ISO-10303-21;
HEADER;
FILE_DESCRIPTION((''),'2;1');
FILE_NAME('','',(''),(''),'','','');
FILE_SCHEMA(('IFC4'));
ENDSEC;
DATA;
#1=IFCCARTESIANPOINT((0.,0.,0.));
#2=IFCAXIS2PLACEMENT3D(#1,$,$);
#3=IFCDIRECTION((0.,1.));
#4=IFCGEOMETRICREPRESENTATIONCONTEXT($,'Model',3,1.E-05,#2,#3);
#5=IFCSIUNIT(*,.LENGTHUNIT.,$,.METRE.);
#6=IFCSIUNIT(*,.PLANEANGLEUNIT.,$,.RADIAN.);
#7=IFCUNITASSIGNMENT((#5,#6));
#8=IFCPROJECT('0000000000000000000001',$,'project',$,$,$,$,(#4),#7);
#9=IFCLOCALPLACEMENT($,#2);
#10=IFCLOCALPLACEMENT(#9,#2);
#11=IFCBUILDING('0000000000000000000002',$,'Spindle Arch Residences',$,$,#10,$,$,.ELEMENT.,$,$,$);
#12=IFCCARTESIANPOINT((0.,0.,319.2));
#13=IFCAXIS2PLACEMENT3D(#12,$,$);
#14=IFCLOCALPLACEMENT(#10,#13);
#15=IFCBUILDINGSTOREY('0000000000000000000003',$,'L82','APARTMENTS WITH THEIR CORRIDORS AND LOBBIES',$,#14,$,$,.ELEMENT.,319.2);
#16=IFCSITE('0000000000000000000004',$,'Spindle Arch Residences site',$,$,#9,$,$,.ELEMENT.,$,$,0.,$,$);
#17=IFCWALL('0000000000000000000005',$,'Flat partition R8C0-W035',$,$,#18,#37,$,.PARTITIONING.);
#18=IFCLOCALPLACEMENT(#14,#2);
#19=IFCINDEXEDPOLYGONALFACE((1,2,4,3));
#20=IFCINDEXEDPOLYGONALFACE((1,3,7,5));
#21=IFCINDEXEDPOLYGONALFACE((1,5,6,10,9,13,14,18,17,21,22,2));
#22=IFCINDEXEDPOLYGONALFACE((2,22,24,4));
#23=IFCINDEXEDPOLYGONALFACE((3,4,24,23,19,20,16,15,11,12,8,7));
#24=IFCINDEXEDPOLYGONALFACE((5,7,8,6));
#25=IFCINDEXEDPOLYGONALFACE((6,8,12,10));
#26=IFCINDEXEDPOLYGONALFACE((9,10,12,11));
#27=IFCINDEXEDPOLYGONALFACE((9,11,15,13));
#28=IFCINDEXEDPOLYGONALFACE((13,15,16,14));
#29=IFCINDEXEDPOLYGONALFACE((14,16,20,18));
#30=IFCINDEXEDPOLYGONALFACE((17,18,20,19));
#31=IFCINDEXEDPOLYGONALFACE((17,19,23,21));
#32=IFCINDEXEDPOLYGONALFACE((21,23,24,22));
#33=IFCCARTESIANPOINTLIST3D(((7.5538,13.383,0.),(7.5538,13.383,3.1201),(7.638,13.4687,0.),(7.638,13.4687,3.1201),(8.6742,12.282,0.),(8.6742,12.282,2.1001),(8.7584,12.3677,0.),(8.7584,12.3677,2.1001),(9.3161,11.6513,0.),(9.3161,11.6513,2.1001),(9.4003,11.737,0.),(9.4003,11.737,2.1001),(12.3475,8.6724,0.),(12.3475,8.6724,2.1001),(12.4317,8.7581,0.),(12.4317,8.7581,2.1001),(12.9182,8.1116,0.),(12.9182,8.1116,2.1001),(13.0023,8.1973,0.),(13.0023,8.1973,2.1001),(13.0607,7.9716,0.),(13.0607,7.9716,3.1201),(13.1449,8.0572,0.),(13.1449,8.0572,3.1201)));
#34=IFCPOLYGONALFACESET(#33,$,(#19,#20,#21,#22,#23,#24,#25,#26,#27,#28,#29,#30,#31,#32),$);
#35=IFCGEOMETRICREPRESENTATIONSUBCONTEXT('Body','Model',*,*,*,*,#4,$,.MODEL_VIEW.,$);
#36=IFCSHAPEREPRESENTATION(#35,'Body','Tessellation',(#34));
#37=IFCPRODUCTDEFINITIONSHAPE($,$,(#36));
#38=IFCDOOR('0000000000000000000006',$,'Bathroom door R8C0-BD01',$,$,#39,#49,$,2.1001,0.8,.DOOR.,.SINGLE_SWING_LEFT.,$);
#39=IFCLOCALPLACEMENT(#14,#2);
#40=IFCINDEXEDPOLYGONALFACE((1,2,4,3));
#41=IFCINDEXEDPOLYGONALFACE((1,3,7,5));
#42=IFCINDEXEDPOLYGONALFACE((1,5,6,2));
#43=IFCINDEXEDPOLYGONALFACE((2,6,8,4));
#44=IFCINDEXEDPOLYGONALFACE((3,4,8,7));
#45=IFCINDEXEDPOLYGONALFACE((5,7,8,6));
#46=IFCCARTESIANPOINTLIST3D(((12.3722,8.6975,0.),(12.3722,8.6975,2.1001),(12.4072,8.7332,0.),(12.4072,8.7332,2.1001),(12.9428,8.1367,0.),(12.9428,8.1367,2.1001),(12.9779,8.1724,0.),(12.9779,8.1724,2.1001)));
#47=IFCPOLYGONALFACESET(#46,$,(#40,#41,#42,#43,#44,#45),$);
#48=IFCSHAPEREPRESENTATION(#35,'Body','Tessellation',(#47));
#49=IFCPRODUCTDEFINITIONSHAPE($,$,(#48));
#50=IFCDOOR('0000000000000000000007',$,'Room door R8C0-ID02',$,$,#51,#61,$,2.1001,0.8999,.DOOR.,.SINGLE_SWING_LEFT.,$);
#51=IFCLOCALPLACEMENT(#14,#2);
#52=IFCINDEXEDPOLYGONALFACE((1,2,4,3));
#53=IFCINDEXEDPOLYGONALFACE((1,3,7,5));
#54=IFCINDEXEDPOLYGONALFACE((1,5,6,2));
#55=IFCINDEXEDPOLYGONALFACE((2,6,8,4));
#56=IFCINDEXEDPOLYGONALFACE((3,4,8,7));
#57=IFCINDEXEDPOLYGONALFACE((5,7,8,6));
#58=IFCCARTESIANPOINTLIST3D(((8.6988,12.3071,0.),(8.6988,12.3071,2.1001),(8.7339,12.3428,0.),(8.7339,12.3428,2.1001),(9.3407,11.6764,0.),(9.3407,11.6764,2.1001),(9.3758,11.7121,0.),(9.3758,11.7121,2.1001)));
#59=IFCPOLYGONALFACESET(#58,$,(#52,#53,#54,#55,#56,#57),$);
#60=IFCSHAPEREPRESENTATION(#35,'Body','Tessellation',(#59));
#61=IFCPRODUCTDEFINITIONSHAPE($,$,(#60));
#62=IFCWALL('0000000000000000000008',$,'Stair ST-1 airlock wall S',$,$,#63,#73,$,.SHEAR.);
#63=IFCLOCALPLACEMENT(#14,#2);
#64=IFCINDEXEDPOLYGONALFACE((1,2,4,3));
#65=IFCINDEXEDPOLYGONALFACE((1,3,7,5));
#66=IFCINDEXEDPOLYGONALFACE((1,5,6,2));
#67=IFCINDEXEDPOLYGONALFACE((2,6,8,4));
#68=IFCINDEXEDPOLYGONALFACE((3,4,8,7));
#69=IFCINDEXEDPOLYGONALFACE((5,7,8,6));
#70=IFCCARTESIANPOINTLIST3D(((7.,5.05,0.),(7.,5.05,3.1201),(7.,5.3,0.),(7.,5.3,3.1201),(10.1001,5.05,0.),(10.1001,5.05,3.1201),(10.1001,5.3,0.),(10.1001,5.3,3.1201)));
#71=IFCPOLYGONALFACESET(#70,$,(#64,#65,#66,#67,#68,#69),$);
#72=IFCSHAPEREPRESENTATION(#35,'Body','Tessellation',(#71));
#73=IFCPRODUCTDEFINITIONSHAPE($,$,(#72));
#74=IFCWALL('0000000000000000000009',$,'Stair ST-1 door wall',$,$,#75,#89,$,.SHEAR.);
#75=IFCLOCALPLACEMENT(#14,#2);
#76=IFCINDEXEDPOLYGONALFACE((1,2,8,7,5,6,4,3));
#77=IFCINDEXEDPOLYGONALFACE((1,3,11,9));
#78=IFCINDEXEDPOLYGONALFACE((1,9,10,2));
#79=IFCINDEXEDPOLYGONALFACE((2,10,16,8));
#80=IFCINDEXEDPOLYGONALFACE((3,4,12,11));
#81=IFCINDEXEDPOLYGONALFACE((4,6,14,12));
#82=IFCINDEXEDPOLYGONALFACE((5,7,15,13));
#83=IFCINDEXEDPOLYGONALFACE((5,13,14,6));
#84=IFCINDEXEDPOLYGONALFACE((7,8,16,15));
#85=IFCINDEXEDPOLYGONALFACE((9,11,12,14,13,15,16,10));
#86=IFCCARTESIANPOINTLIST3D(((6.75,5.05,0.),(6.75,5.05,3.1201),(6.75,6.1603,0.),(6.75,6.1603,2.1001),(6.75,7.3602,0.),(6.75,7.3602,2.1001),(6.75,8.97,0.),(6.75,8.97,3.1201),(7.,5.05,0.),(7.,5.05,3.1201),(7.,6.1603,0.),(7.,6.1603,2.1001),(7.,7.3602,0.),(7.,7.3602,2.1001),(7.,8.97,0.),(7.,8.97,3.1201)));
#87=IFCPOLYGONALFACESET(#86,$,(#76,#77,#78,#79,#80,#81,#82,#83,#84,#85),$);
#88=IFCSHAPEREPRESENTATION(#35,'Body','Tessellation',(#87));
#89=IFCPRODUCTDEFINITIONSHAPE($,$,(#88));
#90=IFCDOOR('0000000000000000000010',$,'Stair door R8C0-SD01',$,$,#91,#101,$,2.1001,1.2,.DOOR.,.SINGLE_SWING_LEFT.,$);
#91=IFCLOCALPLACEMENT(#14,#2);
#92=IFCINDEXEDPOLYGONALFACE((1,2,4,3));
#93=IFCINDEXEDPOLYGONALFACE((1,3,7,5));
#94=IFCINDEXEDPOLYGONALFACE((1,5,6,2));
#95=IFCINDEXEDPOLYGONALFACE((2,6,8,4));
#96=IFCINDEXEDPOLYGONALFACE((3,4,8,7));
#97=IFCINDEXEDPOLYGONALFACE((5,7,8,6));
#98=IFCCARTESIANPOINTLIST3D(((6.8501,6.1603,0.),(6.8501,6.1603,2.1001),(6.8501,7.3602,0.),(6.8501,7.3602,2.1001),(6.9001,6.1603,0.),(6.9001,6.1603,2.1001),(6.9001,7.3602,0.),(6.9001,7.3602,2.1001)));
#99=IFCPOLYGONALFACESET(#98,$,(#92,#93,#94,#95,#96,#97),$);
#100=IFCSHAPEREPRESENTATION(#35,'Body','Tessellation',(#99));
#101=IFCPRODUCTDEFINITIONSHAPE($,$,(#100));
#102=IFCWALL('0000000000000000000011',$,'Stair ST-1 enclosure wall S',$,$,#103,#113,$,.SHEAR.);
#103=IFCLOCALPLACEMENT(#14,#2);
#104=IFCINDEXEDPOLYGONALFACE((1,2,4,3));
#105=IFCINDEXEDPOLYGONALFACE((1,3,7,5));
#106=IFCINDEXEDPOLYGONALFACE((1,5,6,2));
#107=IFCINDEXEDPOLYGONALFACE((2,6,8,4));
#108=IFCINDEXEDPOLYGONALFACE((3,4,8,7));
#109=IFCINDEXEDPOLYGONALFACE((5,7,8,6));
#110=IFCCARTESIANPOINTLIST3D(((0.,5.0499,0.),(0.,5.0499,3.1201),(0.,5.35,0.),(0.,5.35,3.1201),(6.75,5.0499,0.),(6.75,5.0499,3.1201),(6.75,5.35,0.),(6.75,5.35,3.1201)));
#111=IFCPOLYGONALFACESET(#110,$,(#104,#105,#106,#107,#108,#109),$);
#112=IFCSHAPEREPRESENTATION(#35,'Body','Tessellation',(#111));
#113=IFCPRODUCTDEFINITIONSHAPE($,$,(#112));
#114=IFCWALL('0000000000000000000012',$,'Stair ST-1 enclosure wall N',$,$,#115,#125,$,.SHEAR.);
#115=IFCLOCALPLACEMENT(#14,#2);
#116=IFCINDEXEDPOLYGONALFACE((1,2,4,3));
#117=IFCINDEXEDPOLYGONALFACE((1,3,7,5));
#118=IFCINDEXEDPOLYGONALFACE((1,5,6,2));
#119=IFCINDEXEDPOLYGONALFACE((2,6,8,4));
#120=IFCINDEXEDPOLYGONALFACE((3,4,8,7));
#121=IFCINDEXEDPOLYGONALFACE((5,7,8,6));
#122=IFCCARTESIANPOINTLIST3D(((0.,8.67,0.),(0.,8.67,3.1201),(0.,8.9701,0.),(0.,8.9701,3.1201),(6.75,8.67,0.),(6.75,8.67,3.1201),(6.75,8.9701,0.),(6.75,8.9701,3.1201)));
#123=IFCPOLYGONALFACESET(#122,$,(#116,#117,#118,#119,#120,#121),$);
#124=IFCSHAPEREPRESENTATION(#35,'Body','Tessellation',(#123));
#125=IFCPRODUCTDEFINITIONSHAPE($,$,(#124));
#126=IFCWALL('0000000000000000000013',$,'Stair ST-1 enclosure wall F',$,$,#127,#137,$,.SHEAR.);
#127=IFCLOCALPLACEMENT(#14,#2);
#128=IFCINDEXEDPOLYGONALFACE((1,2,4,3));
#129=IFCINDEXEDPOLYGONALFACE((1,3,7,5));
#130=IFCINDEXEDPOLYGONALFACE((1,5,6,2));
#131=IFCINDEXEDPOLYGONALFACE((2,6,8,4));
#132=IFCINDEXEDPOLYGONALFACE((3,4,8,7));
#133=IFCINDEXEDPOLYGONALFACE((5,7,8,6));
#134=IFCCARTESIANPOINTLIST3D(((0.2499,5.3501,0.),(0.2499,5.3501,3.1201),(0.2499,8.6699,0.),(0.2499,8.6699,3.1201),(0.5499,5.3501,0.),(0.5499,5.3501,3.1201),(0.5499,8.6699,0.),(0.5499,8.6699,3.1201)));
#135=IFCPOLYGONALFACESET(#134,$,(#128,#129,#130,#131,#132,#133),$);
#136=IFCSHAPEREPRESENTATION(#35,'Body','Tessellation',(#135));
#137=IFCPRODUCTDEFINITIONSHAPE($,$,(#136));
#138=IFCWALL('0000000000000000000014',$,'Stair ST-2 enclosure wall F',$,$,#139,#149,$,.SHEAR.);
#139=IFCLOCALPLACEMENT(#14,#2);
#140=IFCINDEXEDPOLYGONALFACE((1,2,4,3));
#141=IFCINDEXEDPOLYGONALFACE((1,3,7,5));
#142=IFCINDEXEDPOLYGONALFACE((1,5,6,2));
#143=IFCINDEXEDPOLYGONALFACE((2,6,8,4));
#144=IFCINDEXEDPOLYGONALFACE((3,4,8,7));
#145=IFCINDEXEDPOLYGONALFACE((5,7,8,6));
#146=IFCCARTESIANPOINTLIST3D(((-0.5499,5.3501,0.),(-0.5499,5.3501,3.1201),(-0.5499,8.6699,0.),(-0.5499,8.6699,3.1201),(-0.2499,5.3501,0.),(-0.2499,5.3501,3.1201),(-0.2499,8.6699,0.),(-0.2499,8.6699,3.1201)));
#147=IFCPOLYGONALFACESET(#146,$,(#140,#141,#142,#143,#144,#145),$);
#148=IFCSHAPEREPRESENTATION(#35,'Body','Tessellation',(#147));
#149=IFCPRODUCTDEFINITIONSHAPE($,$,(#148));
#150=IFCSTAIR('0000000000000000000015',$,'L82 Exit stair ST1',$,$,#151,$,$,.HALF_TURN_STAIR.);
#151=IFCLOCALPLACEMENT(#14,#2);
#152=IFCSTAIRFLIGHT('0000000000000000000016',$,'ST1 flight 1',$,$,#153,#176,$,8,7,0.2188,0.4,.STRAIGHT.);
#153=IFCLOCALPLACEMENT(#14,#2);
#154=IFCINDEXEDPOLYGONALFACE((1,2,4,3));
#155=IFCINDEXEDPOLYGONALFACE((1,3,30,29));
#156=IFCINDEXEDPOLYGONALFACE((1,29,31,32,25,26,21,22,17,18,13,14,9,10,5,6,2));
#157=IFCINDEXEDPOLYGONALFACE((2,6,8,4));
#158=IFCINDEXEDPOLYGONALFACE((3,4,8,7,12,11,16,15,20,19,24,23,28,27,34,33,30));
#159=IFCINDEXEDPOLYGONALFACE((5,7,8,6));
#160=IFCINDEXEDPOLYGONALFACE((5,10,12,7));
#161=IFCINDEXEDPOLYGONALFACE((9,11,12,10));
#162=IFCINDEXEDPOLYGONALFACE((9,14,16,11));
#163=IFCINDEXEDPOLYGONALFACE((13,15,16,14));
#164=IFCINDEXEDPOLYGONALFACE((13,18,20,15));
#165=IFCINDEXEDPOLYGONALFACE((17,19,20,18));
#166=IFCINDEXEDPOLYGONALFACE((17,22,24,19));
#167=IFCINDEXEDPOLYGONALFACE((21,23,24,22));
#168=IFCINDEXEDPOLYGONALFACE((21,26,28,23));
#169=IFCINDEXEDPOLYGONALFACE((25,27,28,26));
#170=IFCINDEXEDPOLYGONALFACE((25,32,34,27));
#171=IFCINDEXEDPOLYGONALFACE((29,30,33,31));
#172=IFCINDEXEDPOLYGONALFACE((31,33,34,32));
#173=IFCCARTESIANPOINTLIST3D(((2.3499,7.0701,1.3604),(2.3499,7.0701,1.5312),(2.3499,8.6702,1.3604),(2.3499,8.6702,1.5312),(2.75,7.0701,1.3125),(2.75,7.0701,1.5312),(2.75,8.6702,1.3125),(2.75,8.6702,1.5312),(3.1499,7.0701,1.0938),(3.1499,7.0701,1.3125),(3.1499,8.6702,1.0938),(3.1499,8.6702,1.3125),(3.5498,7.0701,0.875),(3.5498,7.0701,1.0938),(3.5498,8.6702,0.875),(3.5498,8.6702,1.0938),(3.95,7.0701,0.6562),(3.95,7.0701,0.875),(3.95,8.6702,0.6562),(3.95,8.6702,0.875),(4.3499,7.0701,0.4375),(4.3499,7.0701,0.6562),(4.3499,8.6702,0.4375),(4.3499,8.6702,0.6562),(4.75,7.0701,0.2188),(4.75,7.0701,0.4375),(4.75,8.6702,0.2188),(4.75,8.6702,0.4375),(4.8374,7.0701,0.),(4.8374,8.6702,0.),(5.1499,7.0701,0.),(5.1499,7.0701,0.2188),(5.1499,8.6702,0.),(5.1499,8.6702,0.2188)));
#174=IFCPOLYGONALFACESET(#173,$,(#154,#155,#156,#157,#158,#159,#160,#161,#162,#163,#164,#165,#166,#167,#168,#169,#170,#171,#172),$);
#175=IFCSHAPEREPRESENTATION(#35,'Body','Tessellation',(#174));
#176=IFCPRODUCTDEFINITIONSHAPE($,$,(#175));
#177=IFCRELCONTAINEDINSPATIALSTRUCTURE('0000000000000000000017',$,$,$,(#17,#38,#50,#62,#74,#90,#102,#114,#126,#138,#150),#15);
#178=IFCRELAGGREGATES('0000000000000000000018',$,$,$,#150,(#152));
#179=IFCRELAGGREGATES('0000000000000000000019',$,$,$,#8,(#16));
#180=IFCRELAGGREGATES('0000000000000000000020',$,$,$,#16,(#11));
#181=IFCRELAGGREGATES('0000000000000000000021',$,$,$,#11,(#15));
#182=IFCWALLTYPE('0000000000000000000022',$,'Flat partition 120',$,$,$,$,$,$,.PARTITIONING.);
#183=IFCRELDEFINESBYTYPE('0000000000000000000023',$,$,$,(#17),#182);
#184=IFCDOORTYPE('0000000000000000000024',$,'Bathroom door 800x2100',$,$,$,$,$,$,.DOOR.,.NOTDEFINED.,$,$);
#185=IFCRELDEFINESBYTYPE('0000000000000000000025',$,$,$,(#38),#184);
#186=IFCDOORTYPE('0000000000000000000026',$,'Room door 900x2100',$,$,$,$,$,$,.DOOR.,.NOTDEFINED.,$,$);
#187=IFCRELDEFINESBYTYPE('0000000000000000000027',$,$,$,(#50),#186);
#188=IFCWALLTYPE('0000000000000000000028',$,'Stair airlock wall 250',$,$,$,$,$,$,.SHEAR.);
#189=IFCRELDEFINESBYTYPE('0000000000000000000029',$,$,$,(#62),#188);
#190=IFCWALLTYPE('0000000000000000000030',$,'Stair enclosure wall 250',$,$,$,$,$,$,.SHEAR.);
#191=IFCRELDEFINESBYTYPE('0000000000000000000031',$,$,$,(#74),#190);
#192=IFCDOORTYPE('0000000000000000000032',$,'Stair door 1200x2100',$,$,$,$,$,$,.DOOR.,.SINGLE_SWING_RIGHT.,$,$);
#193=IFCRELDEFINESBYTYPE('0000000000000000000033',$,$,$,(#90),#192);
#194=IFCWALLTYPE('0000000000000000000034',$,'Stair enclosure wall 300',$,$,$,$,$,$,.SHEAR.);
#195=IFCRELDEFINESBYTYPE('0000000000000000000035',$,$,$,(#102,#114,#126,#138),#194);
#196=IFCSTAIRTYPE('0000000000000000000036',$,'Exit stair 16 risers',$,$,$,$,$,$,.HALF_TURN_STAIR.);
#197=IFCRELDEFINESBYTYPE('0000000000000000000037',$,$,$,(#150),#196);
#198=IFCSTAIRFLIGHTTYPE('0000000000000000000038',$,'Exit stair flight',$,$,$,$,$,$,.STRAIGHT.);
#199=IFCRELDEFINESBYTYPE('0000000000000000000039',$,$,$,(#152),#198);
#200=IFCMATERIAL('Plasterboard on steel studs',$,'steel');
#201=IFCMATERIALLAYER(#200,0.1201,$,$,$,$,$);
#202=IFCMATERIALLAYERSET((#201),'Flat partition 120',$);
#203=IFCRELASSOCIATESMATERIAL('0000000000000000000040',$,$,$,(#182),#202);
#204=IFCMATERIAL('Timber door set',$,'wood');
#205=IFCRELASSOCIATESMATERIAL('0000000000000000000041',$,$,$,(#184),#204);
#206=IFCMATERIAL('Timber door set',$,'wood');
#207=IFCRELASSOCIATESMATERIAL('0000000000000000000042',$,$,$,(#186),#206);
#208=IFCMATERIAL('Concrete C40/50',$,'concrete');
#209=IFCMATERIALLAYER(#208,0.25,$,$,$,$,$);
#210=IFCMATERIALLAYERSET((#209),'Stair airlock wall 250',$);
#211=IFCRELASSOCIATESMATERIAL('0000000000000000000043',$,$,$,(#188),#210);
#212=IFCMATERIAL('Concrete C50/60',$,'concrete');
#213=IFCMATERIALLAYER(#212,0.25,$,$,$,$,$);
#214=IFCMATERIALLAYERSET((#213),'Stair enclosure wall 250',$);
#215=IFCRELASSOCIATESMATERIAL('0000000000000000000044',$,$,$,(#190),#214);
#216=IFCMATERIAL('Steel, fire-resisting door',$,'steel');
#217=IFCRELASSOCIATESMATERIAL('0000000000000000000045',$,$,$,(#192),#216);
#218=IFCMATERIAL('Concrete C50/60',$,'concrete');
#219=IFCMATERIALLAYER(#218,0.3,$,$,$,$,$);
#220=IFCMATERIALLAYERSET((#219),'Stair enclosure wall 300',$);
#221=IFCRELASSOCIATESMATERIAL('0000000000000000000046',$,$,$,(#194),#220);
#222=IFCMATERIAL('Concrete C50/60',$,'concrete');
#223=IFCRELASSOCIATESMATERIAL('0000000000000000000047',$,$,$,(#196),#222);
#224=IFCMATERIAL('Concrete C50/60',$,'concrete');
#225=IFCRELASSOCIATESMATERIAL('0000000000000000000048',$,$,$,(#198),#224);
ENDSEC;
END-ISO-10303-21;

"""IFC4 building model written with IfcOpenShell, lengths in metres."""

from ifc_helpers import new_model, si_unit, direction, frame, frame_2d, origin, place, context, subcontext, project, spatial, polyline, rectangle, outline, extrude, material, layer, layer_set, type_object, element, fill, aggregate, save


model = new_model("IFC4")

# Units and contexts
model_context = context("Model", 3, precision=1e-05, world=origin(), true_north=direction((0.0, 1.0)))
body_context = subcontext(model_context, "Body", "Model", "MODEL_VIEW")
ifc_project = project(units=[si_unit("LENGTHUNIT", "METRE"), si_unit("PLANEANGLEUNIT", "RADIAN")], contexts=[model_context])

# Site, building, storey
site_placement = place(None, origin())
site = spatial("IfcSite", under=ifc_project, at=site_placement, Name="Spindle Arch Residences site", CompositionType="ELEMENT", RefElevation=0.0)
building_placement = place(site_placement, origin())
building = spatial("IfcBuilding", under=site, at=building_placement, Name="Spindle Arch Residences", CompositionType="ELEMENT")
storey_placement = place(building_placement, frame((0.0, 0.0, 319.2)))
storey = spatial("IfcBuildingStorey", under=building, at=storey_placement, Name="L82", Description="APARTMENTS WITH THEIR CORRIDORS AND LOBBIES", CompositionType="ELEMENT", Elevation=319.2)

# Shared definitions
ifc_material_1 = material(Name="Plasterboard on steel studs", Category="steel")
ifc_layer_1 = layer(ifc_material_1, 0.1201)
ifc_layer_set_1 = layer_set([ifc_layer_1], Name="Flat partition 120")
wall_type_1 = type_object("IfcWallType", Name="Flat partition 120", PredefinedType="PARTITIONING", material=ifc_layer_set_1)

# Wall, openings, doors
wall_1_placement = place(storey_placement, frame((13.1028, 8.0144, 0.0), z_axis=(0.0, 0.0, 1.0), x_axis=(-0.713262, 0.700898, 0.0)))
wall_1 = element("IfcWall", 1, at=wall_1_placement, inside=storey, type_object=wall_type_1, Name="Flat partition R8C0-W035", PredefinedType="PARTITIONING", context=body_context, shape_type="SweptSolid", body=[
    extrude(rectangle(XDim=7.7207, YDim=0.1201, at=frame_2d((3.8604, 0.0))), origin(), (0.0, 0.0, 1.0), 3.1201),
])
opening_1_placement = place(wall_1_placement, frame((0.2, 0.0, 0.0)))
opening_1 = element("IfcOpeningElement", 2, at=opening_1_placement, cuts=wall_1, PredefinedType="OPENING", context=body_context, shape_type="SweptSolid", body=[
    extrude(rectangle(XDim=0.8, YDim=2.1001, at=frame_2d((0.3999, 1.05))), frame((0.0, 0.0701, 0.0), z_axis=(0.0, -1.0, 0.0), x_axis=(1.0, 0.0, 0.0)), (0.0, 0.0, 1.0), 0.1401),
])
opening_2_placement = place(wall_1_placement, frame((5.25, 0.0, 0.0)))
opening_2 = element("IfcOpeningElement", 3, at=opening_2_placement, cuts=wall_1, PredefinedType="OPENING", context=body_context, shape_type="SweptSolid", body=[
    extrude(rectangle(XDim=0.8999, YDim=2.1001, at=frame_2d((0.45, 1.05))), frame((0.0, 0.0701, 0.0), z_axis=(0.0, -1.0, 0.0), x_axis=(1.0, 0.0, 0.0)), (0.0, 0.0, 1.0), 0.1401),
])
ifc_material_2 = material(Name="Timber door set", Category="wood")
door_type_1 = type_object("IfcDoorType", Name="Bathroom door 800x2100", OperationType="NOTDEFINED", PredefinedType="DOOR", material=ifc_material_2)
door_1_placement = place(opening_1_placement, origin())
door_1 = element("IfcDoor", 4, at=door_1_placement, inside=storey, type_object=door_type_1, Name="Bathroom door R8C0-BD01", OperationType="SINGLE_SWING_LEFT", OverallHeight=2.1001, OverallWidth=0.8, PredefinedType="DOOR", context=body_context, shape_type="SweptSolid", body=[
    extrude(rectangle(XDim=0.8, YDim=2.1001, at=frame_2d((0.3999, 1.05))), frame((0.0, 0.0249, 0.0), z_axis=(0.0, -1.0, 0.0), x_axis=(1.0, 0.0, 0.0)), (0.0, 0.0, 1.0), 0.05),
])
fill(opening_1, door_1)
ifc_material_3 = material(Name="Timber door set", Category="wood")
door_type_2 = type_object("IfcDoorType", Name="Room door 900x2100", OperationType="NOTDEFINED", PredefinedType="DOOR", material=ifc_material_3)
door_2_placement = place(opening_2_placement, origin())
door_2 = element("IfcDoor", 5, at=door_2_placement, inside=storey, type_object=door_type_2, Name="Room door R8C0-ID02", OperationType="SINGLE_SWING_LEFT", OverallHeight=2.1001, OverallWidth=0.8999, PredefinedType="DOOR", context=body_context, shape_type="SweptSolid", body=[
    extrude(rectangle(XDim=0.8999, YDim=2.1001, at=frame_2d((0.45, 1.05))), frame((0.0, 0.0249, 0.0), z_axis=(0.0, -1.0, 0.0), x_axis=(1.0, 0.0, 0.0)), (0.0, 0.0, 1.0), 0.05),
])
fill(opening_2, door_2)

# Wall
ifc_material_4 = material(Name="Concrete C40/50", Category="concrete")
ifc_layer_2 = layer(ifc_material_4, 0.25)
ifc_layer_set_2 = layer_set([ifc_layer_2], Name="Stair airlock wall 250")
wall_type_2 = type_object("IfcWallType", Name="Stair airlock wall 250", PredefinedType="SHEAR", material=ifc_layer_set_2)
wall_2_placement = place(storey_placement, frame((7.0, 5.175, 0.0), z_axis=(0.0, 0.0, 1.0), x_axis=(1.0, 0.0, 0.0)))
element("IfcWall", 6, at=wall_2_placement, inside=storey, type_object=wall_type_2, Name="Stair ST-1 airlock wall S", PredefinedType="SHEAR", context=body_context, shape_type="SweptSolid", body=[
    extrude(rectangle(XDim=3.1001, YDim=0.25, at=frame_2d((1.55, 0.0))), origin(), (0.0, 0.0, 1.0), 3.1201),
])

# Wall, opening, door
ifc_material_5 = material(Name="Concrete C50/60", Category="concrete")
ifc_layer_3 = layer(ifc_material_5, 0.25)
ifc_layer_set_3 = layer_set([ifc_layer_3], Name="Stair enclosure wall 250")
wall_type_3 = type_object("IfcWallType", Name="Stair enclosure wall 250", PredefinedType="SHEAR", material=ifc_layer_set_3)
wall_3_placement = place(storey_placement, frame((6.875, 5.05, 0.0), z_axis=(0.0, 0.0, 1.0), x_axis=(0.0, 1.0, 0.0)))
wall_3 = element("IfcWall", 7, at=wall_3_placement, inside=storey, type_object=wall_type_3, Name="Stair ST-1 door wall", PredefinedType="SHEAR", context=body_context, shape_type="SweptSolid", body=[
    extrude(rectangle(XDim=3.9199, YDim=0.25, at=frame_2d((1.96, 0.0))), origin(), (0.0, 0.0, 1.0), 3.1201),
])
opening_3_placement = place(wall_3_placement, frame((1.1101, 0.0, 0.0)))
opening_3 = element("IfcOpeningElement", 8, at=opening_3_placement, cuts=wall_3, PredefinedType="OPENING", context=body_context, shape_type="SweptSolid", body=[
    extrude(rectangle(XDim=1.2, YDim=2.1001, at=frame_2d((0.6001, 1.05))), frame((0.0, 0.135, 0.0), z_axis=(0.0, -1.0, 0.0), x_axis=(1.0, 0.0, 0.0)), (0.0, 0.0, 1.0), 0.27),
])
ifc_material_6 = material(Name="Steel, fire-resisting door", Category="steel")
door_type_3 = type_object("IfcDoorType", Name="Stair door 1200x2100", OperationType="SINGLE_SWING_RIGHT", PredefinedType="DOOR", material=ifc_material_6)
door_3_placement = place(opening_3_placement, origin())
door_3 = element("IfcDoor", 9, at=door_3_placement, inside=storey, type_object=door_type_3, Name="Stair door R8C0-SD01", OperationType="SINGLE_SWING_LEFT", OverallHeight=2.1001, OverallWidth=1.2, PredefinedType="DOOR", context=body_context, shape_type="SweptSolid", body=[
    extrude(rectangle(XDim=1.2, YDim=2.1001, at=frame_2d((0.6001, 1.05))), frame((0.0, 0.0249, 0.0), z_axis=(0.0, -1.0, 0.0), x_axis=(1.0, 0.0, 0.0)), (0.0, 0.0, 1.0), 0.05),
])
fill(opening_3, door_3)

# Walls
ifc_material_7 = material(Name="Concrete C50/60", Category="concrete")
ifc_layer_4 = layer(ifc_material_7, 0.3)
ifc_layer_set_4 = layer_set([ifc_layer_4], Name="Stair enclosure wall 300")
wall_type_4 = type_object("IfcWallType", Name="Stair enclosure wall 300", PredefinedType="SHEAR", material=ifc_layer_set_4)
for number, where, z_axis, x_axis, name in (
    (10, (0.0, 5.2, 0.0), (0.0, 0.0, 1.0), (1.0, 0.0, 0.0), "Stair ST-1 enclosure wall S"),
    (11, (0.0, 8.8201, 0.0), (0.0, 0.0, 1.0), (1.0, 0.0, 0.0), "Stair ST-1 enclosure wall N"),
):
    element("IfcWall", number, at=place(storey_placement, frame(where, z_axis=z_axis, x_axis=x_axis)), inside=storey, type_object=wall_type_4, Name=name, PredefinedType="SHEAR", context=body_context, shape_type="SweptSolid", body=[
        extrude(rectangle(XDim=6.75, YDim=0.3, at=frame_2d((3.375, 0.0))), origin(), (0.0, 0.0, 1.0), 3.1201),
    ])
for number, where, z_axis, x_axis, name in (
    (12, (0.3999, 5.3501, 0.0), (0.0, 0.0, 1.0), (0.0, 1.0, 0.0), "Stair ST-1 enclosure wall F"),
    (13, (-0.3999, 5.3501, 0.0), (0.0, 0.0, 1.0), (0.0, 1.0, 0.0), "Stair ST-2 enclosure wall F"),
):
    element("IfcWall", number, at=place(storey_placement, frame(where, z_axis=z_axis, x_axis=x_axis)), inside=storey, type_object=wall_type_4, Name=name, PredefinedType="SHEAR", context=body_context, shape_type="SweptSolid", body=[
        extrude(rectangle(XDim=3.3198, YDim=0.3, at=frame_2d((1.6599, 0.0))), origin(), (0.0, 0.0, 1.0), 3.1201),
    ])

# Stair, stair flight
ifc_material_8 = material(Name="Concrete C50/60", Category="concrete")
stair_type = type_object("IfcStairType", Name="Exit stair 16 risers", PredefinedType="HALF_TURN_STAIR", material=ifc_material_8)
stair_placement = place(storey_placement, origin())
stair = element("IfcStair", 14, at=stair_placement, inside=storey, type_object=stair_type, Name="L82 Exit stair ST1", PredefinedType="HALF_TURN_STAIR")
ifc_material_9 = material(Name="Concrete C50/60", Category="concrete")
stair_flight_type = type_object("IfcStairFlightType", Name="Exit stair flight", PredefinedType="STRAIGHT", material=ifc_material_9)
stair_flight_1_placement = place(storey_placement, frame((5.1499, 7.8701, 0.0), z_axis=(0.0, 0.0, 1.0), x_axis=(-1.0, 0.0, 0.0)))
stair_flight_1 = element("IfcStairFlight", 15, at=stair_flight_1_placement, type_object=stair_flight_type, Name="ST1 flight 1", NumberOfRisers=8, NumberOfTreads=7, PredefinedType="STRAIGHT", RiserHeight=0.2188, TreadLength=0.4, context=body_context, shape_type="SweptSolid", body=[
    extrude(outline(polyline([(0.0, 0.0), (0.0, 0.2188), (0.3999, 0.2188), (0.3999, 0.4375), (0.8, 0.4375), (0.8, 0.6562), (1.2, 0.6562), (1.2, 0.875), (1.6001, 0.875), (1.6001, 1.0938), (2.0, 1.0938), (2.0, 1.3125), (2.3999, 1.3125), (2.3999, 1.5312), (2.8, 1.5312), (2.8, 1.75), (2.8, 1.3604), (0.3125, 0.0), (0.0, 0.0)])), frame((0.0, 0.8, 0.0), z_axis=(0.0, -1.0, 0.0), x_axis=(1.0, 0.0, 0.0)), (0.0, 0.0, 1.0), 1.6001),
])
aggregate(stair, [stair_flight_1])

save(model, "model.ifc")
